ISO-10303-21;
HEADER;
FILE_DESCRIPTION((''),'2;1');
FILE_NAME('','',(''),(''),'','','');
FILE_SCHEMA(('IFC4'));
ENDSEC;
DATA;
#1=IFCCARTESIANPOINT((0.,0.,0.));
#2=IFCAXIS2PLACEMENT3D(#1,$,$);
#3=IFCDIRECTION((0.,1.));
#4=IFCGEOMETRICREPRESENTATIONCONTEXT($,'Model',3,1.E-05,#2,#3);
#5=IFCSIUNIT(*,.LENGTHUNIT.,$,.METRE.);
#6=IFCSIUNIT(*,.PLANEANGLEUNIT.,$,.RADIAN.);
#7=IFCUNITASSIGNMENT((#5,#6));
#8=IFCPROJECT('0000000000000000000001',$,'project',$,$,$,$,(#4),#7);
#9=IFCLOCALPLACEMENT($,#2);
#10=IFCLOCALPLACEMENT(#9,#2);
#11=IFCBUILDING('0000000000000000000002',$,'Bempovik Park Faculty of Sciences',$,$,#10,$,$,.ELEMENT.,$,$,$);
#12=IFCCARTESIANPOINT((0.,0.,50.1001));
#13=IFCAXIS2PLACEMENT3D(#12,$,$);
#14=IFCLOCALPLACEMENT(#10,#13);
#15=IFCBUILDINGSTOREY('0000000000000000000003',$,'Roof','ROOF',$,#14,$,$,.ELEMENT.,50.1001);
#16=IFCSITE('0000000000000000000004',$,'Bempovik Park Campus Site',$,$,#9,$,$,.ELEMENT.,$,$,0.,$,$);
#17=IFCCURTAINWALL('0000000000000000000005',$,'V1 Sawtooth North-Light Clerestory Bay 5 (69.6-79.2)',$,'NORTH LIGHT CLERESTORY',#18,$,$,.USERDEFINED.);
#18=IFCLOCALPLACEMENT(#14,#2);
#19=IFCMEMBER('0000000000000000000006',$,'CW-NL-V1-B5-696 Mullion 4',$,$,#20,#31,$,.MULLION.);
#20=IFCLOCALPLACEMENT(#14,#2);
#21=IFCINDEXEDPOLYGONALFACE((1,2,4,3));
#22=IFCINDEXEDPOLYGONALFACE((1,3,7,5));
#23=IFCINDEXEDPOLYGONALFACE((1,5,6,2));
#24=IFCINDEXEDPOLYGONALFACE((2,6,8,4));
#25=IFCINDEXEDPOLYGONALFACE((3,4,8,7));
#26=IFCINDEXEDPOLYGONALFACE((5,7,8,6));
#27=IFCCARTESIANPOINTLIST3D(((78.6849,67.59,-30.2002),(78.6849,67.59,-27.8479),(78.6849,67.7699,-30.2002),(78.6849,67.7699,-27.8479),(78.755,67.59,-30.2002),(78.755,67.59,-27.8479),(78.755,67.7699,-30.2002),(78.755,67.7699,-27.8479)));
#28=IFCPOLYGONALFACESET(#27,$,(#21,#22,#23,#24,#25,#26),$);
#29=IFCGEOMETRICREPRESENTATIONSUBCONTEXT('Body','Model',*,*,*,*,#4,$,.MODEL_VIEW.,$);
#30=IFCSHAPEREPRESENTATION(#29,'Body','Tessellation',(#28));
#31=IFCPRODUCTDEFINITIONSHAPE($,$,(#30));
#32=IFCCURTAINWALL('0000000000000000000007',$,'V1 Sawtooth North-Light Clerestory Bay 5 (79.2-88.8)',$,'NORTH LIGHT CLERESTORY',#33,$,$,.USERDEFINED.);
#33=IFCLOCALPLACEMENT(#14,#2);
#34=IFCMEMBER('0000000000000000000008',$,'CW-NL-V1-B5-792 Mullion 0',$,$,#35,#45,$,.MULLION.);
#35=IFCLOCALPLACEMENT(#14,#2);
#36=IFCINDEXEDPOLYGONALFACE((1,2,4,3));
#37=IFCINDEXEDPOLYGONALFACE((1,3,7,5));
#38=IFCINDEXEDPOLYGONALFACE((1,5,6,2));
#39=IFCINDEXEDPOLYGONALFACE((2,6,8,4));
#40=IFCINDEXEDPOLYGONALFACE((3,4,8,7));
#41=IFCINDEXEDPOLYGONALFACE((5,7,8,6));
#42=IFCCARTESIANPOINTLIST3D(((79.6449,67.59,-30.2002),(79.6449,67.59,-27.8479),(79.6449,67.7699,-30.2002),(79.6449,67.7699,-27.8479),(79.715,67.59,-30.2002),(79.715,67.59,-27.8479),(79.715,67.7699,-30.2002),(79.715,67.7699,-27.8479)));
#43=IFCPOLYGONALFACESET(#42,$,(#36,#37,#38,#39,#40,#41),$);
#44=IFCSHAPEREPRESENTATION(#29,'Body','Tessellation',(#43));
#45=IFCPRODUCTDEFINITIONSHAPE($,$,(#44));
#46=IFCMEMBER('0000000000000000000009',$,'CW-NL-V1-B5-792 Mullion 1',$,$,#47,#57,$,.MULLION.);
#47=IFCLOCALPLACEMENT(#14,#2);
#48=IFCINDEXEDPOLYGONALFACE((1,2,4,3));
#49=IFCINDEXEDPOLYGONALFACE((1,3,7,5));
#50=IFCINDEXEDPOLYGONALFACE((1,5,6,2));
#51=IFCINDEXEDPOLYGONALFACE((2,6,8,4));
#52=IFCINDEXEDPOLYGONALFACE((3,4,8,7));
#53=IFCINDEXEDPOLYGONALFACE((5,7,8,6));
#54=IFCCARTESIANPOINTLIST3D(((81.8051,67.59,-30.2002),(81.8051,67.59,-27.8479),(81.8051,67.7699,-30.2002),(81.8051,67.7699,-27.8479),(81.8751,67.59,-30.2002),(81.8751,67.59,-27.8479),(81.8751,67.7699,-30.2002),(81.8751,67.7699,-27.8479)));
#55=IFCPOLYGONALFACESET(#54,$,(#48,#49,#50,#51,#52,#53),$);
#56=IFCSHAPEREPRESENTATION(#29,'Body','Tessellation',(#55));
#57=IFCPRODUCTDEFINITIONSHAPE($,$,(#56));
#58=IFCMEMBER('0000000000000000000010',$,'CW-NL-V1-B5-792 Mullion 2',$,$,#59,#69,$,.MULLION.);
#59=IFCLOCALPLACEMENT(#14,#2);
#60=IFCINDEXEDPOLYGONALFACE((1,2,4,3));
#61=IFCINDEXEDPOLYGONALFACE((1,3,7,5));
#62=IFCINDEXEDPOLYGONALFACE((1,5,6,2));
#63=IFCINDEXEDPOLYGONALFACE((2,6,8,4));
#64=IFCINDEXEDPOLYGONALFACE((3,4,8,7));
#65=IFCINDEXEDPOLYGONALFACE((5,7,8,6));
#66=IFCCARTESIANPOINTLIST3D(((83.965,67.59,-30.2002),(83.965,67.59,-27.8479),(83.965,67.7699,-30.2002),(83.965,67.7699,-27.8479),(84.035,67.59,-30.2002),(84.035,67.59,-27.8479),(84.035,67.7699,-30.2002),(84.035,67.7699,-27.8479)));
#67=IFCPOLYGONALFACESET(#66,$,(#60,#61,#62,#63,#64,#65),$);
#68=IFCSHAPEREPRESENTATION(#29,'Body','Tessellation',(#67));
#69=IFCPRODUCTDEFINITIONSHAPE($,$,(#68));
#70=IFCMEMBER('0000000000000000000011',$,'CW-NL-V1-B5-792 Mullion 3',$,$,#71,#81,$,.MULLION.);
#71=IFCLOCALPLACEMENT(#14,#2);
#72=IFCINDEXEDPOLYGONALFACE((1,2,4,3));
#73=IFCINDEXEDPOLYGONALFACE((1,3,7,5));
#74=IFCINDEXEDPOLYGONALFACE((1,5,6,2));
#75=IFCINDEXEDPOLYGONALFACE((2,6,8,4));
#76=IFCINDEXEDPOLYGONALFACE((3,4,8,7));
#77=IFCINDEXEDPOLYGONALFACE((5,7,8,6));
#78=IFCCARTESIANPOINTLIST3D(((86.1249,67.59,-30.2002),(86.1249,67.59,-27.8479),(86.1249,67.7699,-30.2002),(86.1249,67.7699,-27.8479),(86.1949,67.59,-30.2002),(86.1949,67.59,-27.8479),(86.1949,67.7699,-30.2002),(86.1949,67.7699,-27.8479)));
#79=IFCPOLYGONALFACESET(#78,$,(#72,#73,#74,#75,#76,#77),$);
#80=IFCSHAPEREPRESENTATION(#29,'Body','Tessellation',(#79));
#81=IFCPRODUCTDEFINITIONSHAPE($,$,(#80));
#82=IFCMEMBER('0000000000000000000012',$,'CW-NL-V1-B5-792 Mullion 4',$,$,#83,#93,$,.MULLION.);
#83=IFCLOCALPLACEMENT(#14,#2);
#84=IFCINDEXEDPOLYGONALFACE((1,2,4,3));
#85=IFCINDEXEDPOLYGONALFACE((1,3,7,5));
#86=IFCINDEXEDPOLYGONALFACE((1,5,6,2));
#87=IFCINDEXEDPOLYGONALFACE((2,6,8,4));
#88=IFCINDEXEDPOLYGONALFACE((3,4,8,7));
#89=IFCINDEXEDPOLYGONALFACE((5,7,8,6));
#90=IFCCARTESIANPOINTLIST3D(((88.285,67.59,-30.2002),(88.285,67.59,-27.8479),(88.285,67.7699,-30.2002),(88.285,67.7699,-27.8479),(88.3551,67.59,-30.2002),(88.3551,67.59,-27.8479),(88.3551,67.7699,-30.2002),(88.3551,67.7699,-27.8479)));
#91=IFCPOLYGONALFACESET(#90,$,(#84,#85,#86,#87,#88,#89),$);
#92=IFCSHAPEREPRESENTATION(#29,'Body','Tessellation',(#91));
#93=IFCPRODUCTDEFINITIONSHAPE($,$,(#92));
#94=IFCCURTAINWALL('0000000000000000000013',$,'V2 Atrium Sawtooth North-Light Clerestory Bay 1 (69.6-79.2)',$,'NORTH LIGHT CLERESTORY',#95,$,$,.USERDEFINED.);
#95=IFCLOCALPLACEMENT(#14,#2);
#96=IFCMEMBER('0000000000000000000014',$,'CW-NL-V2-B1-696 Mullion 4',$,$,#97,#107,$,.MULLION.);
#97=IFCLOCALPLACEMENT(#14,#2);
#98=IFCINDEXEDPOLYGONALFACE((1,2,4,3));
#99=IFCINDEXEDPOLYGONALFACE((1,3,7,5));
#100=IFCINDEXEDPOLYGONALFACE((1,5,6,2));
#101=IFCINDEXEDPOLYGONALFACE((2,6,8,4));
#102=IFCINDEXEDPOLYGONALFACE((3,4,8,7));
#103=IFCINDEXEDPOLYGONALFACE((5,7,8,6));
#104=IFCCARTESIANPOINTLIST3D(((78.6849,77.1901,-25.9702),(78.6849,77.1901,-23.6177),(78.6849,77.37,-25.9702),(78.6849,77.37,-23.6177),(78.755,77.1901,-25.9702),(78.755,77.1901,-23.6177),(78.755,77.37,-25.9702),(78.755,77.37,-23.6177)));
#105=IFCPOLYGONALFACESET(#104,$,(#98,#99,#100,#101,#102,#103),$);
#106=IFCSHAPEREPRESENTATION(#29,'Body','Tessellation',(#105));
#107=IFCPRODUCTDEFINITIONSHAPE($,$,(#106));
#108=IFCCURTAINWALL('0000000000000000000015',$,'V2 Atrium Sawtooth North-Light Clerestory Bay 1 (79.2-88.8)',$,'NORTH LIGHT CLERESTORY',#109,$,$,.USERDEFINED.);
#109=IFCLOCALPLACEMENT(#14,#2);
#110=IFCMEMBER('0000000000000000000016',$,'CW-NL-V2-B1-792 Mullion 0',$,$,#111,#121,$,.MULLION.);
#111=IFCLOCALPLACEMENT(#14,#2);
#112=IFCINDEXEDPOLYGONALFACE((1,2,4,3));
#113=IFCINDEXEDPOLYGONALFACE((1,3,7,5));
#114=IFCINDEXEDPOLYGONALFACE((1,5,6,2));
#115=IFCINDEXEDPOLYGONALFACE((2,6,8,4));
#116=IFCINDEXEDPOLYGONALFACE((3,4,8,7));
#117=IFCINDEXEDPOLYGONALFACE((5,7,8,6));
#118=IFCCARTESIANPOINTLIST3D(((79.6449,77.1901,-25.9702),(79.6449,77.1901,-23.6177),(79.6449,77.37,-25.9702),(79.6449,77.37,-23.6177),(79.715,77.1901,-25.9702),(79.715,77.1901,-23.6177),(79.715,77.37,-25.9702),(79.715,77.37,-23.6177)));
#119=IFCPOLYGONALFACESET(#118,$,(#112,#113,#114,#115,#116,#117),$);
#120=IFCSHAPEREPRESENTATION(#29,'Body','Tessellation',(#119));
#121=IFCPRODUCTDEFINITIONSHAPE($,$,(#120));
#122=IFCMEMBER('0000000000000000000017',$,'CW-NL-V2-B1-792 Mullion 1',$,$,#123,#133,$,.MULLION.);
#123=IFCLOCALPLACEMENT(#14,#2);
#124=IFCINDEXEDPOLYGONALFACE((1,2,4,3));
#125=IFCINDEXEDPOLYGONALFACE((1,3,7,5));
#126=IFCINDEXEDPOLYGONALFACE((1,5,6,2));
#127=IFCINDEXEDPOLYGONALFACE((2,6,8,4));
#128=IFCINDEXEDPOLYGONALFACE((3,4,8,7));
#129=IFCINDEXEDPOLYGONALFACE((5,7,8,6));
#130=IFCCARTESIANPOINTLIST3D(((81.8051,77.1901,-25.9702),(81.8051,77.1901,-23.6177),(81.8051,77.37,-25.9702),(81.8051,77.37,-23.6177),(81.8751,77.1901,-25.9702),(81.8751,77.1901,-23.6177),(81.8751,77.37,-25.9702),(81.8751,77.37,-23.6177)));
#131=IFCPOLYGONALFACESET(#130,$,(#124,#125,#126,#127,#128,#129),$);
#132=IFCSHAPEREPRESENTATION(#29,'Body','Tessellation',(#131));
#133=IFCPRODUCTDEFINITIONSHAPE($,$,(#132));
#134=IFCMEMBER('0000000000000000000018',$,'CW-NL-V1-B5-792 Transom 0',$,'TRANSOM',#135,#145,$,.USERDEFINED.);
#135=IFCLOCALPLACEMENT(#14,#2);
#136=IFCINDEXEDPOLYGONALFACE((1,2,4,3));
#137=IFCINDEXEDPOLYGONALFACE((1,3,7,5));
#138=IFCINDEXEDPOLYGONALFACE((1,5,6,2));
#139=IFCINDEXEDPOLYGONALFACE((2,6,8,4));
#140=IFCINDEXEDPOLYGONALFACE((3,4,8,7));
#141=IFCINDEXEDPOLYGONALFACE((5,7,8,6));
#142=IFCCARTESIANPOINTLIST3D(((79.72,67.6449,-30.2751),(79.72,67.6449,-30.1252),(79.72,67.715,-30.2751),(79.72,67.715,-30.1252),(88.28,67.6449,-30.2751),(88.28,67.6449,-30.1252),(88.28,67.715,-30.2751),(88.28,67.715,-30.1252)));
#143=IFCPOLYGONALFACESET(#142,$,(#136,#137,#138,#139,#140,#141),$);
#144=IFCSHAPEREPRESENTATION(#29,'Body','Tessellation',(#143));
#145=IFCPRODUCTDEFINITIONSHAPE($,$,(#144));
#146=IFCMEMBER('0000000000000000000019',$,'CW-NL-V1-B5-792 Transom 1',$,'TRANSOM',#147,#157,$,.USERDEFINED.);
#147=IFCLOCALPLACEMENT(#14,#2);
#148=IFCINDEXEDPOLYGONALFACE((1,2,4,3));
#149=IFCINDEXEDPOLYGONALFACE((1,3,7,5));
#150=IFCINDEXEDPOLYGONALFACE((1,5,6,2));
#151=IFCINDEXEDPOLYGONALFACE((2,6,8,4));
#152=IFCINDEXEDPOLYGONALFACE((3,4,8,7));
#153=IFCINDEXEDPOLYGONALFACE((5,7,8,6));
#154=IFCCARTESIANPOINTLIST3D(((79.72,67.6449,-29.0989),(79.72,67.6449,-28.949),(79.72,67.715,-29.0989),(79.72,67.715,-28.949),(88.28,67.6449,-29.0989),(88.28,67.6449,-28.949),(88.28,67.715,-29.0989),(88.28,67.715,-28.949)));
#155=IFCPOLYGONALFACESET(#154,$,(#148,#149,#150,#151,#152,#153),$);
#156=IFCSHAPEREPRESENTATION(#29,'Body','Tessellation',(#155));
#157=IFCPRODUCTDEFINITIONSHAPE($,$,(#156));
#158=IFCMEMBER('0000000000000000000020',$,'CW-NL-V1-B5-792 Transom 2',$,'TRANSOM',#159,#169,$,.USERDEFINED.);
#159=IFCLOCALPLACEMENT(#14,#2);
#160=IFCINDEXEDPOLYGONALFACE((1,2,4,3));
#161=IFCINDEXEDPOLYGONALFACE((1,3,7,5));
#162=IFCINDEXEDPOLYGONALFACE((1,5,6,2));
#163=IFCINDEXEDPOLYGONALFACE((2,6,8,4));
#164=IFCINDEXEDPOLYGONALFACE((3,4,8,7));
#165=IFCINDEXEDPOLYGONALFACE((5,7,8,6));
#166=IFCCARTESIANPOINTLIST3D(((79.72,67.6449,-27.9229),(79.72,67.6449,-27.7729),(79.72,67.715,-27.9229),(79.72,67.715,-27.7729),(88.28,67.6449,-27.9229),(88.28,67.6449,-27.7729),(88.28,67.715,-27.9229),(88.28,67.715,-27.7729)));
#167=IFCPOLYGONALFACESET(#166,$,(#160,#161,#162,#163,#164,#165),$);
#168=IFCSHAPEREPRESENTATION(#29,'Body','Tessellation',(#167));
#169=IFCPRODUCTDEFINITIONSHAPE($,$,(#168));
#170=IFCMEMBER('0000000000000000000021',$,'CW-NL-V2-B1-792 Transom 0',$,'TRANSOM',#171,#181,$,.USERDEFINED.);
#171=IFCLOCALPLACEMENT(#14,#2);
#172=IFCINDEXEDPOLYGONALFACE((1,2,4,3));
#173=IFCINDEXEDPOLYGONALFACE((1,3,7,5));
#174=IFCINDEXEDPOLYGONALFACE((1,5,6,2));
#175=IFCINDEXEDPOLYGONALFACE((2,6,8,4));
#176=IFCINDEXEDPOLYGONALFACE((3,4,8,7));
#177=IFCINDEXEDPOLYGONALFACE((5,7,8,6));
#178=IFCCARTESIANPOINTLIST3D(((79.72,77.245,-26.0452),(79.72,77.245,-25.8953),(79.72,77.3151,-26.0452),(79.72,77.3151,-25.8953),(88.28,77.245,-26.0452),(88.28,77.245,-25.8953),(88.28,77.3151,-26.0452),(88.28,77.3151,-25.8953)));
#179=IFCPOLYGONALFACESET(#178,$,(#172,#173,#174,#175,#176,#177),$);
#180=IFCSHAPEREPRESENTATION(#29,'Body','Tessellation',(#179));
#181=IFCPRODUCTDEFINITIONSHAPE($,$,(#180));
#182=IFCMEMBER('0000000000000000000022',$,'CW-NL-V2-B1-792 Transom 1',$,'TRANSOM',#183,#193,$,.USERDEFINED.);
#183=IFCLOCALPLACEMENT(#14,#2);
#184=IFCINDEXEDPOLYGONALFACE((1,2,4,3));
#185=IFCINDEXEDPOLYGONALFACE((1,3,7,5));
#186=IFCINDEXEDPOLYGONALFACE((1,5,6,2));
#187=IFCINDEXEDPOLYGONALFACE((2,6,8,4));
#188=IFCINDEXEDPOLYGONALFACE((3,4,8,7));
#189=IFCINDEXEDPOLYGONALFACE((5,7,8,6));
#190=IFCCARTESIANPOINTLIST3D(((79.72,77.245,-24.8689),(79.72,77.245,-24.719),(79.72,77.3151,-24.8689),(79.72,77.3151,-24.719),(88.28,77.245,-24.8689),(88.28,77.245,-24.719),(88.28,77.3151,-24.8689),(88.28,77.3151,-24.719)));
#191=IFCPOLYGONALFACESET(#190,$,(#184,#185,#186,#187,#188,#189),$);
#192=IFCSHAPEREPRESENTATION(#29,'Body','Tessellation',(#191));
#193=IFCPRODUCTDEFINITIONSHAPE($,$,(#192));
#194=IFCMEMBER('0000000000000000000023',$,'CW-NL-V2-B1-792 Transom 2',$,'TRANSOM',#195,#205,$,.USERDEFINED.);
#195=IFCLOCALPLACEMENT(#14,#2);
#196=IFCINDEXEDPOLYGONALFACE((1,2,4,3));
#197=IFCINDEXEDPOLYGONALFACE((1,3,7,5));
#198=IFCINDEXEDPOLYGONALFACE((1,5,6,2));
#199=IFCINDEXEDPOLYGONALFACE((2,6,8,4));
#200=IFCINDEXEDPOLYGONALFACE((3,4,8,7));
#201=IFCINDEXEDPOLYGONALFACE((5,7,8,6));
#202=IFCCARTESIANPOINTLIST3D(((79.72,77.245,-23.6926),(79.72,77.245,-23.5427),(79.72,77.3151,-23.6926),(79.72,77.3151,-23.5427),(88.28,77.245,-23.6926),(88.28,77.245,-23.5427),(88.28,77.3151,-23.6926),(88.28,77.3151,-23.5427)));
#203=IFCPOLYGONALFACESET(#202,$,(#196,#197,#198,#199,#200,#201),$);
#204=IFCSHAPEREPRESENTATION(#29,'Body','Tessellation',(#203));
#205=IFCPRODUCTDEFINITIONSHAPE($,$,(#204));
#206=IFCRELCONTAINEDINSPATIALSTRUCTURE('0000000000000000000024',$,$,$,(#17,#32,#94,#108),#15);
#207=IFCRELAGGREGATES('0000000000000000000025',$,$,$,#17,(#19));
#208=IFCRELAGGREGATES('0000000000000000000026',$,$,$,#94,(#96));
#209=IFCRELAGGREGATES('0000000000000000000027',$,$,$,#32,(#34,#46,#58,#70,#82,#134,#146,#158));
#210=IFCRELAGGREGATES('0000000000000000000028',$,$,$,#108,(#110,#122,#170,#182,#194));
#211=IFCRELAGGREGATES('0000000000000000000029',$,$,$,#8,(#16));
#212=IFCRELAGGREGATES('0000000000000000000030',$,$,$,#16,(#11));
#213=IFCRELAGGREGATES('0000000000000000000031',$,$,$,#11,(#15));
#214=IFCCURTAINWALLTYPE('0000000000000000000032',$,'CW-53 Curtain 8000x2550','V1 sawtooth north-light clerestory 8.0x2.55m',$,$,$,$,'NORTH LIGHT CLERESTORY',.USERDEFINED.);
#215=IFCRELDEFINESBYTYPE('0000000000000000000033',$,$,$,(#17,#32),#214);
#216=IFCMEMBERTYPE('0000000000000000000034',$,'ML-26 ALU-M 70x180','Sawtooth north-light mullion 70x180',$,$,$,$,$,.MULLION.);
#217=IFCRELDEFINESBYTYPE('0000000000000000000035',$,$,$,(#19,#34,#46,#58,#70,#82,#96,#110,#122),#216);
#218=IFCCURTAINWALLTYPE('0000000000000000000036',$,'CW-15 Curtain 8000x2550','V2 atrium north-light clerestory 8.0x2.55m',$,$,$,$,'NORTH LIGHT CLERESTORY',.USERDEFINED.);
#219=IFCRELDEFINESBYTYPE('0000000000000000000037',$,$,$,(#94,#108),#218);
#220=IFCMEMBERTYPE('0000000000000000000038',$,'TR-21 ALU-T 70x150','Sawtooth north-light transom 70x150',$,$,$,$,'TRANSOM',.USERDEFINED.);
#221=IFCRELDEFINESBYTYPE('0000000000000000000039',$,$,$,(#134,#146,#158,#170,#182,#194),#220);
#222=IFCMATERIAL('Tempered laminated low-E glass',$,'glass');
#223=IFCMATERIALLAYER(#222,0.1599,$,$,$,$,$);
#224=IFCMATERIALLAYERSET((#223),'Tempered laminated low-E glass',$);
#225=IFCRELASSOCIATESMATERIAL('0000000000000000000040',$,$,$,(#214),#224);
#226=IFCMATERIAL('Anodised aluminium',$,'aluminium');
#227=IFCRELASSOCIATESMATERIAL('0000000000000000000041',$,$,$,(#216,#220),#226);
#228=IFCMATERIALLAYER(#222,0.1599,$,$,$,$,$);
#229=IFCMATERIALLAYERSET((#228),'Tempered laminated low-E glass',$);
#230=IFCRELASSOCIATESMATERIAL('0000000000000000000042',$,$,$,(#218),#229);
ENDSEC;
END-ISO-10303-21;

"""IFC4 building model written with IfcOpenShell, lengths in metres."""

from ifc_helpers import new_model, si_unit, direction, frame, origin, origin_2d, place, context, subcontext, project, spatial, rectangle, extrude, material, layer, layer_set, material_profile, profile_set, type_object, element, aggregate, save


model = new_model("IFC4")

# Units and contexts
model_context = context("Model", 3, precision=1e-05, world=origin(), true_north=direction((0.0, 1.0)))
body_context = subcontext(model_context, "Body", "Model", "MODEL_VIEW")
ifc_project = project(units=[si_unit("LENGTHUNIT", "METRE"), si_unit("PLANEANGLEUNIT", "RADIAN")], contexts=[model_context])

# Site, building, storey
site_placement = place(None, origin())
site = spatial("IfcSite", under=ifc_project, at=site_placement, Name="Bempovik Park Campus Site", CompositionType="ELEMENT", RefElevation=0.0)
building_placement = place(site_placement, origin())
building = spatial("IfcBuilding", under=site, at=building_placement, Name="Bempovik Park Faculty of Sciences", CompositionType="ELEMENT")
storey_placement = place(building_placement, frame((0.0, 0.0, 50.1001)))
storey = spatial("IfcBuildingStorey", under=building, at=storey_placement, Name="Roof", Description="ROOF", CompositionType="ELEMENT", Elevation=50.1001)

# Curtain wall, member
ifc_material_1 = material(Name="Tempered laminated low-E glass", Category="glass")
ifc_layer_1 = layer(ifc_material_1, 0.1599)
ifc_layer_set_1 = layer_set([ifc_layer_1], Name="Tempered laminated low-E glass")
curtain_wall_type_1 = type_object("IfcCurtainWallType", Name="CW-53 Curtain 8000x2550", Description="V1 sawtooth north-light clerestory 8.0x2.55m", ElementType="NORTH LIGHT CLERESTORY", PredefinedType="USERDEFINED", material=ifc_layer_set_1)
curtain_wall_1_placement = place(storey_placement, origin())
curtain_wall_1 = element("IfcCurtainWall", 1, at=curtain_wall_1_placement, inside=storey, type_object=curtain_wall_type_1, Name="V1 Sawtooth North-Light Clerestory Bay 5 (69.6-79.2)", ObjectType="NORTH LIGHT CLERESTORY", PredefinedType="USERDEFINED")
ifc_material_2 = material(Name="Anodised aluminium", Category="aluminium")
ifc_material_profile_1 = material_profile(ifc_material_2, rectangle(XDim=0.0701, YDim=0.1799, at=origin_2d()), Name="ALU-M 70x180")
ifc_profile_set_1 = profile_set([ifc_material_profile_1], Name="Anodised aluminium")
member_type_1 = type_object("IfcMemberType", Name="ML-26 ALU-M 70x180", Description="Sawtooth north-light mullion 70x180", PredefinedType="MULLION", material=ifc_profile_set_1)
member_1_placement = place(storey_placement, frame((78.72, 67.6799, -30.2002), z_axis=(0.0, 0.0, 1.0), x_axis=(1.0, 0.0, 0.0)))
member_1 = element("IfcMember", 2, at=member_1_placement, type_object=member_type_1, Name="CW-NL-V1-B5-696 Mullion 4", PredefinedType="MULLION", context=body_context, shape_type="SweptSolid", body=[
    extrude(rectangle(XDim=0.0701, YDim=0.1799, at=origin_2d()), origin(), (0.0, 0.0, 1.0), 2.3523),
])
aggregate(curtain_wall_1, [member_1])

# Curtain wall, members
curtain_wall_2_placement = place(storey_placement, origin())
curtain_wall_2 = element("IfcCurtainWall", 3, at=curtain_wall_2_placement, inside=storey, type_object=curtain_wall_type_1, Name="V1 Sawtooth North-Light Clerestory Bay 5 (79.2-88.8)", ObjectType="NORTH LIGHT CLERESTORY", PredefinedType="USERDEFINED")
member_2_placement = place(storey_placement, frame((79.6799, 67.6799, -30.2002), z_axis=(0.0, 0.0, 1.0), x_axis=(1.0, 0.0, 0.0)))
member_2 = element("IfcMember", 4, at=member_2_placement, type_object=member_type_1, Name="CW-NL-V1-B5-792 Mullion 0", PredefinedType="MULLION", context=body_context, shape_type="SweptSolid", body=[
    extrude(rectangle(XDim=0.0701, YDim=0.1799, at=origin_2d()), origin(), (0.0, 0.0, 1.0), 2.3523),
])
member_3_placement = place(storey_placement, frame((81.8401, 67.6799, -30.2002), z_axis=(0.0, 0.0, 1.0), x_axis=(1.0, 0.0, 0.0)))
member_3 = element("IfcMember", 5, at=member_3_placement, type_object=member_type_1, Name="CW-NL-V1-B5-792 Mullion 1", PredefinedType="MULLION", context=body_context, shape_type="SweptSolid", body=[
    extrude(rectangle(XDim=0.0701, YDim=0.1799, at=origin_2d()), origin(), (0.0, 0.0, 1.0), 2.3523),
])
member_4_placement = place(storey_placement, frame((84.0, 67.6799, -30.2002), z_axis=(0.0, 0.0, 1.0), x_axis=(1.0, 0.0, 0.0)))
member_4 = element("IfcMember", 6, at=member_4_placement, type_object=member_type_1, Name="CW-NL-V1-B5-792 Mullion 2", PredefinedType="MULLION", context=body_context, shape_type="SweptSolid", body=[
    extrude(rectangle(XDim=0.0701, YDim=0.1799, at=origin_2d()), origin(), (0.0, 0.0, 1.0), 2.3523),
])
member_5_placement = place(storey_placement, frame((86.1599, 67.6799, -30.2002), z_axis=(0.0, 0.0, 1.0), x_axis=(1.0, 0.0, 0.0)))
member_5 = element("IfcMember", 7, at=member_5_placement, type_object=member_type_1, Name="CW-NL-V1-B5-792 Mullion 3", PredefinedType="MULLION", context=body_context, shape_type="SweptSolid", body=[
    extrude(rectangle(XDim=0.0701, YDim=0.1799, at=origin_2d()), origin(), (0.0, 0.0, 1.0), 2.3523),
])
member_6_placement = place(storey_placement, frame((88.3201, 67.6799, -30.2002), z_axis=(0.0, 0.0, 1.0), x_axis=(1.0, 0.0, 0.0)))
member_6 = element("IfcMember", 8, at=member_6_placement, type_object=member_type_1, Name="CW-NL-V1-B5-792 Mullion 4", PredefinedType="MULLION", context=body_context, shape_type="SweptSolid", body=[
    extrude(rectangle(XDim=0.0701, YDim=0.1799, at=origin_2d()), origin(), (0.0, 0.0, 1.0), 2.3523),
])

# Curtain wall, member
ifc_layer_2 = layer(ifc_material_1, 0.1599)
ifc_layer_set_2 = layer_set([ifc_layer_2], Name="Tempered laminated low-E glass")
curtain_wall_type_2 = type_object("IfcCurtainWallType", Name="CW-15 Curtain 8000x2550", Description="V2 atrium north-light clerestory 8.0x2.55m", ElementType="NORTH LIGHT CLERESTORY", PredefinedType="USERDEFINED", material=ifc_layer_set_2)
curtain_wall_3_placement = place(storey_placement, origin())
curtain_wall_3 = element("IfcCurtainWall", 9, at=curtain_wall_3_placement, inside=storey, type_object=curtain_wall_type_2, Name="V2 Atrium Sawtooth North-Light Clerestory Bay 1 (69.6-79.2)", ObjectType="NORTH LIGHT CLERESTORY", PredefinedType="USERDEFINED")
member_7_placement = place(storey_placement, frame((78.72, 77.28, -25.9702), z_axis=(0.0, 0.0, 1.0), x_axis=(1.0, 0.0, 0.0)))
member_7 = element("IfcMember", 10, at=member_7_placement, type_object=member_type_1, Name="CW-NL-V2-B1-696 Mullion 4", PredefinedType="MULLION", context=body_context, shape_type="SweptSolid", body=[
    extrude(rectangle(XDim=0.0701, YDim=0.1799, at=origin_2d()), origin(), (0.0, 0.0, 1.0), 2.3525),
])
aggregate(curtain_wall_3, [member_7])

# Curtain wall, members
curtain_wall_4_placement = place(storey_placement, origin())
curtain_wall_4 = element("IfcCurtainWall", 11, at=curtain_wall_4_placement, inside=storey, type_object=curtain_wall_type_2, Name="V2 Atrium Sawtooth North-Light Clerestory Bay 1 (79.2-88.8)", ObjectType="NORTH LIGHT CLERESTORY", PredefinedType="USERDEFINED")
member_8_placement = place(storey_placement, frame((79.6799, 77.28, -25.9702), z_axis=(0.0, 0.0, 1.0), x_axis=(1.0, 0.0, 0.0)))
member_8 = element("IfcMember", 12, at=member_8_placement, type_object=member_type_1, Name="CW-NL-V2-B1-792 Mullion 0", PredefinedType="MULLION", context=body_context, shape_type="SweptSolid", body=[
    extrude(rectangle(XDim=0.0701, YDim=0.1799, at=origin_2d()), origin(), (0.0, 0.0, 1.0), 2.3525),
])
member_9_placement = place(storey_placement, frame((81.8401, 77.28, -25.9702), z_axis=(0.0, 0.0, 1.0), x_axis=(1.0, 0.0, 0.0)))
member_9 = element("IfcMember", 13, at=member_9_placement, type_object=member_type_1, Name="CW-NL-V2-B1-792 Mullion 1", PredefinedType="MULLION", context=body_context, shape_type="SweptSolid", body=[
    extrude(rectangle(XDim=0.0701, YDim=0.1799, at=origin_2d()), origin(), (0.0, 0.0, 1.0), 2.3525),
])

# Members
ifc_material_profile_2 = material_profile(ifc_material_2, rectangle(XDim=0.0701, YDim=0.1499, at=origin_2d()), Name="ALU-T 70x150")
ifc_profile_set_2 = profile_set([ifc_material_profile_2], Name="Anodised aluminium")
member_type_2 = type_object("IfcMemberType", Name="TR-21 ALU-T 70x150", Description="Sawtooth north-light transom 70x150", ElementType="TRANSOM", PredefinedType="USERDEFINED", material=ifc_profile_set_2)
member_10_placement = place(storey_placement, frame((79.72, 67.6799, -30.2002), z_axis=(1.0, 0.0, 0.0), x_axis=(0.0, 1.0, 0.0)))
member_10 = element("IfcMember", 14, at=member_10_placement, type_object=member_type_2, Name="CW-NL-V1-B5-792 Transom 0", ObjectType="TRANSOM", PredefinedType="USERDEFINED", context=body_context, shape_type="SweptSolid", body=[
    extrude(rectangle(XDim=0.0701, YDim=0.1499, at=origin_2d()), origin(), (0.0, 0.0, 1.0), 8.5601),
])
member_11_placement = place(storey_placement, frame((79.72, 67.6799, -29.0239), z_axis=(1.0, 0.0, 0.0), x_axis=(0.0, 1.0, 0.0)))
member_11 = element("IfcMember", 15, at=member_11_placement, type_object=member_type_2, Name="CW-NL-V1-B5-792 Transom 1", ObjectType="TRANSOM", PredefinedType="USERDEFINED", context=body_context, shape_type="SweptSolid", body=[
    extrude(rectangle(XDim=0.0701, YDim=0.1499, at=origin_2d()), origin(), (0.0, 0.0, 1.0), 8.5601),
])
member_12_placement = place(storey_placement, frame((79.72, 67.6799, -27.8479), z_axis=(1.0, 0.0, 0.0), x_axis=(0.0, 1.0, 0.0)))
member_12 = element("IfcMember", 16, at=member_12_placement, type_object=member_type_2, Name="CW-NL-V1-B5-792 Transom 2", ObjectType="TRANSOM", PredefinedType="USERDEFINED", context=body_context, shape_type="SweptSolid", body=[
    extrude(rectangle(XDim=0.0701, YDim=0.1499, at=origin_2d()), origin(), (0.0, 0.0, 1.0), 8.5601),
])
member_13_placement = place(storey_placement, frame((79.72, 77.28, -25.9702), z_axis=(1.0, 0.0, 0.0), x_axis=(0.0, 1.0, 0.0)))
member_13 = element("IfcMember", 17, at=member_13_placement, type_object=member_type_2, Name="CW-NL-V2-B1-792 Transom 0", ObjectType="TRANSOM", PredefinedType="USERDEFINED", context=body_context, shape_type="SweptSolid", body=[
    extrude(rectangle(XDim=0.0701, YDim=0.1499, at=origin_2d()), origin(), (0.0, 0.0, 1.0), 8.5601),
])
member_14_placement = place(storey_placement, frame((79.72, 77.28, -24.7939), z_axis=(1.0, 0.0, 0.0), x_axis=(0.0, 1.0, 0.0)))
member_14 = element("IfcMember", 18, at=member_14_placement, type_object=member_type_2, Name="CW-NL-V2-B1-792 Transom 1", ObjectType="TRANSOM", PredefinedType="USERDEFINED", context=body_context, shape_type="SweptSolid", body=[
    extrude(rectangle(XDim=0.0701, YDim=0.1499, at=origin_2d()), origin(), (0.0, 0.0, 1.0), 8.5601),
])
member_15_placement = place(storey_placement, frame((79.72, 77.28, -23.6177), z_axis=(1.0, 0.0, 0.0), x_axis=(0.0, 1.0, 0.0)))
member_15 = element("IfcMember", 19, at=member_15_placement, type_object=member_type_2, Name="CW-NL-V2-B1-792 Transom 2", ObjectType="TRANSOM", PredefinedType="USERDEFINED", context=body_context, shape_type="SweptSolid", body=[
    extrude(rectangle(XDim=0.0701, YDim=0.1499, at=origin_2d()), origin(), (0.0, 0.0, 1.0), 8.5601),
])

aggregate(curtain_wall_2, [member_2, member_3, member_4, member_5, member_6, member_10, member_11, member_12])
aggregate(curtain_wall_4, [member_8, member_9, member_13, member_14, member_15])

save(model, "model.ifc")
